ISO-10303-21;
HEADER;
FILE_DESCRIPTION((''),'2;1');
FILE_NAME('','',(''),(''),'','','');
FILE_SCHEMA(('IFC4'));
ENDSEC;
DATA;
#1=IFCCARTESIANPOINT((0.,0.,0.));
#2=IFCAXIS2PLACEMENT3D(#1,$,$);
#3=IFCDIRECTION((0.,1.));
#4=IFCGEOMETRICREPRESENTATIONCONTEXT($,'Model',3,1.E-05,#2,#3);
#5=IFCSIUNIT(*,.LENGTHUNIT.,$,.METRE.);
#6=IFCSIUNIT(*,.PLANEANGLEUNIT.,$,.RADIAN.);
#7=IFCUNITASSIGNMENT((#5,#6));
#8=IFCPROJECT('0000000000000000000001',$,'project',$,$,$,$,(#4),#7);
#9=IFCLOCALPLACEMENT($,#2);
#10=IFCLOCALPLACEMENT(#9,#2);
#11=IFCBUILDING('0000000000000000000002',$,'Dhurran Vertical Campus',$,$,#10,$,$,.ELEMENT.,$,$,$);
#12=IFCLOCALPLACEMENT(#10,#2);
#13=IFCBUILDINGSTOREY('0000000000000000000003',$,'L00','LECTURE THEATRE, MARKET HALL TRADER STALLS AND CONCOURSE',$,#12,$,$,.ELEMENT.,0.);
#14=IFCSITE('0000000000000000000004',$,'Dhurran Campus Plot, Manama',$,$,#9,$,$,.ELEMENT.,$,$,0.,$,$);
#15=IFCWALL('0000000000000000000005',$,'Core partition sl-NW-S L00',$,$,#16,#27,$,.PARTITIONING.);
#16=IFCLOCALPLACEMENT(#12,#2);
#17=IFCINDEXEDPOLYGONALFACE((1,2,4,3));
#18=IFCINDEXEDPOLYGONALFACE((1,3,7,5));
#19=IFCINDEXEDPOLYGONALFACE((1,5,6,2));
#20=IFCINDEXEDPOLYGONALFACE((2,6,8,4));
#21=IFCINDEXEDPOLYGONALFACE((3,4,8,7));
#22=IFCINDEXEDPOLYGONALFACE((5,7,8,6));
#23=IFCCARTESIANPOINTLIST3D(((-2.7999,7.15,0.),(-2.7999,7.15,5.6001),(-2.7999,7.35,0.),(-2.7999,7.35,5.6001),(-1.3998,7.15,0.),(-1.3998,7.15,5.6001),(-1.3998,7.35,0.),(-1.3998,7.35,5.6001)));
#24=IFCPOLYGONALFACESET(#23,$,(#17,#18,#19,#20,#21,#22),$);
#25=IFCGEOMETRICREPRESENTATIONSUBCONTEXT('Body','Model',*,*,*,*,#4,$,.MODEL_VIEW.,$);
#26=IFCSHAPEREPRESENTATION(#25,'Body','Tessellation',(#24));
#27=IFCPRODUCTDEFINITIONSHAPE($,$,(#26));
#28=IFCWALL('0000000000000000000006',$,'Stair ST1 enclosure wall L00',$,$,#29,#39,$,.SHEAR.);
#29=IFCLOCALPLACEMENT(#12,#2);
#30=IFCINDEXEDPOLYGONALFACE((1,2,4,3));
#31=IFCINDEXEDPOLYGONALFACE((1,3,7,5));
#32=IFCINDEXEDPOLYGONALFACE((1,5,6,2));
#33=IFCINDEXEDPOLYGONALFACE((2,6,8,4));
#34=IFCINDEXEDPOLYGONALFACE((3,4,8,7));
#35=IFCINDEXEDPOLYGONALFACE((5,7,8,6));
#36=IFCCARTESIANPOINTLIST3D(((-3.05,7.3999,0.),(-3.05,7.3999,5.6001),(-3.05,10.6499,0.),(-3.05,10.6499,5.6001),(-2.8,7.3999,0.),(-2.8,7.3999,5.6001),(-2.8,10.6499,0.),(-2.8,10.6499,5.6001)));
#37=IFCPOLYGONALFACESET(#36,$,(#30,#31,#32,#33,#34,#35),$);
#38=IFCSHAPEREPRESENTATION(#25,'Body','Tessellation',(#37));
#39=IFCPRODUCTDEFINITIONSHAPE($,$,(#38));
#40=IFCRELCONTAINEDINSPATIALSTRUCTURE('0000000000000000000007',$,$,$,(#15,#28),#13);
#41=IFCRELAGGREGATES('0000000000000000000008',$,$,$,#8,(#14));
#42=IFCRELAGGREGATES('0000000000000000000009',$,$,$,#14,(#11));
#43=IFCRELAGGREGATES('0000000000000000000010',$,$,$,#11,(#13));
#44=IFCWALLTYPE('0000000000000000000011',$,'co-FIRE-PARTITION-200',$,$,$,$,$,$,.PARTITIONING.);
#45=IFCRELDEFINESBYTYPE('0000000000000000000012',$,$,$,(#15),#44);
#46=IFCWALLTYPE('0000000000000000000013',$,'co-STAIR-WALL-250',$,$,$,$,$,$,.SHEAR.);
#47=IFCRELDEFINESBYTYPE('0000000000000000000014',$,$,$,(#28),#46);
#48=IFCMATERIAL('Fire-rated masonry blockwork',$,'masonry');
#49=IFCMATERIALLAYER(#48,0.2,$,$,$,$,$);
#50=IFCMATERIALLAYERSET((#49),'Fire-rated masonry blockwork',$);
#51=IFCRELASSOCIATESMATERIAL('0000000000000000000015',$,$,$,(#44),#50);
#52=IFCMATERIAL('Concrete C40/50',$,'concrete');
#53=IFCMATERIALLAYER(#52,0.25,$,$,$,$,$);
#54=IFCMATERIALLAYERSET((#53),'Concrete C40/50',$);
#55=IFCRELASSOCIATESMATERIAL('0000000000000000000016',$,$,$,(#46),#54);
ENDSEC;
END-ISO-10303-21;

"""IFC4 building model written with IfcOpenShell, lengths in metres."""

from ifc_helpers import new_model, si_unit, direction, frame, frame_2d, origin, place, context, subcontext, project, spatial, rectangle, extrude, material, layer, layer_set, type_object, element, save


model = new_model("IFC4")

# Units and contexts
model_context = context("Model", 3, precision=1e-05, world=origin(), true_north=direction((0.0, 1.0)))
body_context = subcontext(model_context, "Body", "Model", "MODEL_VIEW")
ifc_project = project(units=[si_unit("LENGTHUNIT", "METRE"), si_unit("PLANEANGLEUNIT", "RADIAN")], contexts=[model_context])

# Site, building, storey
site_placement = place(None, origin())
site = spatial("IfcSite", under=ifc_project, at=site_placement, Name="Dhurran Campus Plot, Manama", CompositionType="ELEMENT", RefElevation=0.0)
building_placement = place(site_placement, origin())
building = spatial("IfcBuilding", under=site, at=building_placement, Name="Dhurran Vertical Campus", CompositionType="ELEMENT")
storey_placement = place(building_placement, origin())
storey = spatial("IfcBuildingStorey", under=building, at=storey_placement, Name="L00", Description="LECTURE THEATRE, MARKET HALL TRADER STALLS AND CONCOURSE", CompositionType="ELEMENT", Elevation=0.0)

# Walls
ifc_material_1 = material(Name="Fire-rated masonry blockwork", Category="masonry")
ifc_layer_1 = layer(ifc_material_1, 0.2)
ifc_layer_set_1 = layer_set([ifc_layer_1], Name="Fire-rated masonry blockwork")
wall_type_1 = type_object("IfcWallType", Name="co-FIRE-PARTITION-200", PredefinedType="PARTITIONING", material=ifc_layer_set_1)
wall_1_placement = place(storey_placement, frame((-2.8, 7.25, 0.0), z_axis=(0.0, 0.0, 1.0), x_axis=(1.0, 0.0, 0.0)))
element("IfcWall", 1, at=wall_1_placement, inside=storey, type_object=wall_type_1, Name="Core partition sl-NW-S L00", PredefinedType="PARTITIONING", context=body_context, shape_type="SweptSolid", body=[
    extrude(rectangle(XDim=1.4001, YDim=0.2, at=frame_2d((0.7002, 0.0))), origin(), (0.0, 0.0, 1.0), 5.6001),
])
ifc_material_2 = material(Name="Concrete C40/50", Category="concrete")
ifc_layer_2 = layer(ifc_material_2, 0.25)
ifc_layer_set_2 = layer_set([ifc_layer_2], Name="Concrete C40/50")
wall_type_2 = type_object("IfcWallType", Name="co-STAIR-WALL-250", PredefinedType="SHEAR", material=ifc_layer_set_2)
wall_2_placement = place(storey_placement, frame((-2.925, 7.3999, 0.0), z_axis=(0.0, 0.0, 1.0), x_axis=(0.0, 1.0, 0.0)))
element("IfcWall", 2, at=wall_2_placement, inside=storey, type_object=wall_type_2, Name="Stair ST1 enclosure wall L00", PredefinedType="SHEAR", context=body_context, shape_type="SweptSolid", body=[
    extrude(rectangle(XDim=3.25, YDim=0.25, at=frame_2d((1.625, 0.0))), origin(), (0.0, 0.0, 1.0), 5.6001),
])

save(model, "model.ifc")
